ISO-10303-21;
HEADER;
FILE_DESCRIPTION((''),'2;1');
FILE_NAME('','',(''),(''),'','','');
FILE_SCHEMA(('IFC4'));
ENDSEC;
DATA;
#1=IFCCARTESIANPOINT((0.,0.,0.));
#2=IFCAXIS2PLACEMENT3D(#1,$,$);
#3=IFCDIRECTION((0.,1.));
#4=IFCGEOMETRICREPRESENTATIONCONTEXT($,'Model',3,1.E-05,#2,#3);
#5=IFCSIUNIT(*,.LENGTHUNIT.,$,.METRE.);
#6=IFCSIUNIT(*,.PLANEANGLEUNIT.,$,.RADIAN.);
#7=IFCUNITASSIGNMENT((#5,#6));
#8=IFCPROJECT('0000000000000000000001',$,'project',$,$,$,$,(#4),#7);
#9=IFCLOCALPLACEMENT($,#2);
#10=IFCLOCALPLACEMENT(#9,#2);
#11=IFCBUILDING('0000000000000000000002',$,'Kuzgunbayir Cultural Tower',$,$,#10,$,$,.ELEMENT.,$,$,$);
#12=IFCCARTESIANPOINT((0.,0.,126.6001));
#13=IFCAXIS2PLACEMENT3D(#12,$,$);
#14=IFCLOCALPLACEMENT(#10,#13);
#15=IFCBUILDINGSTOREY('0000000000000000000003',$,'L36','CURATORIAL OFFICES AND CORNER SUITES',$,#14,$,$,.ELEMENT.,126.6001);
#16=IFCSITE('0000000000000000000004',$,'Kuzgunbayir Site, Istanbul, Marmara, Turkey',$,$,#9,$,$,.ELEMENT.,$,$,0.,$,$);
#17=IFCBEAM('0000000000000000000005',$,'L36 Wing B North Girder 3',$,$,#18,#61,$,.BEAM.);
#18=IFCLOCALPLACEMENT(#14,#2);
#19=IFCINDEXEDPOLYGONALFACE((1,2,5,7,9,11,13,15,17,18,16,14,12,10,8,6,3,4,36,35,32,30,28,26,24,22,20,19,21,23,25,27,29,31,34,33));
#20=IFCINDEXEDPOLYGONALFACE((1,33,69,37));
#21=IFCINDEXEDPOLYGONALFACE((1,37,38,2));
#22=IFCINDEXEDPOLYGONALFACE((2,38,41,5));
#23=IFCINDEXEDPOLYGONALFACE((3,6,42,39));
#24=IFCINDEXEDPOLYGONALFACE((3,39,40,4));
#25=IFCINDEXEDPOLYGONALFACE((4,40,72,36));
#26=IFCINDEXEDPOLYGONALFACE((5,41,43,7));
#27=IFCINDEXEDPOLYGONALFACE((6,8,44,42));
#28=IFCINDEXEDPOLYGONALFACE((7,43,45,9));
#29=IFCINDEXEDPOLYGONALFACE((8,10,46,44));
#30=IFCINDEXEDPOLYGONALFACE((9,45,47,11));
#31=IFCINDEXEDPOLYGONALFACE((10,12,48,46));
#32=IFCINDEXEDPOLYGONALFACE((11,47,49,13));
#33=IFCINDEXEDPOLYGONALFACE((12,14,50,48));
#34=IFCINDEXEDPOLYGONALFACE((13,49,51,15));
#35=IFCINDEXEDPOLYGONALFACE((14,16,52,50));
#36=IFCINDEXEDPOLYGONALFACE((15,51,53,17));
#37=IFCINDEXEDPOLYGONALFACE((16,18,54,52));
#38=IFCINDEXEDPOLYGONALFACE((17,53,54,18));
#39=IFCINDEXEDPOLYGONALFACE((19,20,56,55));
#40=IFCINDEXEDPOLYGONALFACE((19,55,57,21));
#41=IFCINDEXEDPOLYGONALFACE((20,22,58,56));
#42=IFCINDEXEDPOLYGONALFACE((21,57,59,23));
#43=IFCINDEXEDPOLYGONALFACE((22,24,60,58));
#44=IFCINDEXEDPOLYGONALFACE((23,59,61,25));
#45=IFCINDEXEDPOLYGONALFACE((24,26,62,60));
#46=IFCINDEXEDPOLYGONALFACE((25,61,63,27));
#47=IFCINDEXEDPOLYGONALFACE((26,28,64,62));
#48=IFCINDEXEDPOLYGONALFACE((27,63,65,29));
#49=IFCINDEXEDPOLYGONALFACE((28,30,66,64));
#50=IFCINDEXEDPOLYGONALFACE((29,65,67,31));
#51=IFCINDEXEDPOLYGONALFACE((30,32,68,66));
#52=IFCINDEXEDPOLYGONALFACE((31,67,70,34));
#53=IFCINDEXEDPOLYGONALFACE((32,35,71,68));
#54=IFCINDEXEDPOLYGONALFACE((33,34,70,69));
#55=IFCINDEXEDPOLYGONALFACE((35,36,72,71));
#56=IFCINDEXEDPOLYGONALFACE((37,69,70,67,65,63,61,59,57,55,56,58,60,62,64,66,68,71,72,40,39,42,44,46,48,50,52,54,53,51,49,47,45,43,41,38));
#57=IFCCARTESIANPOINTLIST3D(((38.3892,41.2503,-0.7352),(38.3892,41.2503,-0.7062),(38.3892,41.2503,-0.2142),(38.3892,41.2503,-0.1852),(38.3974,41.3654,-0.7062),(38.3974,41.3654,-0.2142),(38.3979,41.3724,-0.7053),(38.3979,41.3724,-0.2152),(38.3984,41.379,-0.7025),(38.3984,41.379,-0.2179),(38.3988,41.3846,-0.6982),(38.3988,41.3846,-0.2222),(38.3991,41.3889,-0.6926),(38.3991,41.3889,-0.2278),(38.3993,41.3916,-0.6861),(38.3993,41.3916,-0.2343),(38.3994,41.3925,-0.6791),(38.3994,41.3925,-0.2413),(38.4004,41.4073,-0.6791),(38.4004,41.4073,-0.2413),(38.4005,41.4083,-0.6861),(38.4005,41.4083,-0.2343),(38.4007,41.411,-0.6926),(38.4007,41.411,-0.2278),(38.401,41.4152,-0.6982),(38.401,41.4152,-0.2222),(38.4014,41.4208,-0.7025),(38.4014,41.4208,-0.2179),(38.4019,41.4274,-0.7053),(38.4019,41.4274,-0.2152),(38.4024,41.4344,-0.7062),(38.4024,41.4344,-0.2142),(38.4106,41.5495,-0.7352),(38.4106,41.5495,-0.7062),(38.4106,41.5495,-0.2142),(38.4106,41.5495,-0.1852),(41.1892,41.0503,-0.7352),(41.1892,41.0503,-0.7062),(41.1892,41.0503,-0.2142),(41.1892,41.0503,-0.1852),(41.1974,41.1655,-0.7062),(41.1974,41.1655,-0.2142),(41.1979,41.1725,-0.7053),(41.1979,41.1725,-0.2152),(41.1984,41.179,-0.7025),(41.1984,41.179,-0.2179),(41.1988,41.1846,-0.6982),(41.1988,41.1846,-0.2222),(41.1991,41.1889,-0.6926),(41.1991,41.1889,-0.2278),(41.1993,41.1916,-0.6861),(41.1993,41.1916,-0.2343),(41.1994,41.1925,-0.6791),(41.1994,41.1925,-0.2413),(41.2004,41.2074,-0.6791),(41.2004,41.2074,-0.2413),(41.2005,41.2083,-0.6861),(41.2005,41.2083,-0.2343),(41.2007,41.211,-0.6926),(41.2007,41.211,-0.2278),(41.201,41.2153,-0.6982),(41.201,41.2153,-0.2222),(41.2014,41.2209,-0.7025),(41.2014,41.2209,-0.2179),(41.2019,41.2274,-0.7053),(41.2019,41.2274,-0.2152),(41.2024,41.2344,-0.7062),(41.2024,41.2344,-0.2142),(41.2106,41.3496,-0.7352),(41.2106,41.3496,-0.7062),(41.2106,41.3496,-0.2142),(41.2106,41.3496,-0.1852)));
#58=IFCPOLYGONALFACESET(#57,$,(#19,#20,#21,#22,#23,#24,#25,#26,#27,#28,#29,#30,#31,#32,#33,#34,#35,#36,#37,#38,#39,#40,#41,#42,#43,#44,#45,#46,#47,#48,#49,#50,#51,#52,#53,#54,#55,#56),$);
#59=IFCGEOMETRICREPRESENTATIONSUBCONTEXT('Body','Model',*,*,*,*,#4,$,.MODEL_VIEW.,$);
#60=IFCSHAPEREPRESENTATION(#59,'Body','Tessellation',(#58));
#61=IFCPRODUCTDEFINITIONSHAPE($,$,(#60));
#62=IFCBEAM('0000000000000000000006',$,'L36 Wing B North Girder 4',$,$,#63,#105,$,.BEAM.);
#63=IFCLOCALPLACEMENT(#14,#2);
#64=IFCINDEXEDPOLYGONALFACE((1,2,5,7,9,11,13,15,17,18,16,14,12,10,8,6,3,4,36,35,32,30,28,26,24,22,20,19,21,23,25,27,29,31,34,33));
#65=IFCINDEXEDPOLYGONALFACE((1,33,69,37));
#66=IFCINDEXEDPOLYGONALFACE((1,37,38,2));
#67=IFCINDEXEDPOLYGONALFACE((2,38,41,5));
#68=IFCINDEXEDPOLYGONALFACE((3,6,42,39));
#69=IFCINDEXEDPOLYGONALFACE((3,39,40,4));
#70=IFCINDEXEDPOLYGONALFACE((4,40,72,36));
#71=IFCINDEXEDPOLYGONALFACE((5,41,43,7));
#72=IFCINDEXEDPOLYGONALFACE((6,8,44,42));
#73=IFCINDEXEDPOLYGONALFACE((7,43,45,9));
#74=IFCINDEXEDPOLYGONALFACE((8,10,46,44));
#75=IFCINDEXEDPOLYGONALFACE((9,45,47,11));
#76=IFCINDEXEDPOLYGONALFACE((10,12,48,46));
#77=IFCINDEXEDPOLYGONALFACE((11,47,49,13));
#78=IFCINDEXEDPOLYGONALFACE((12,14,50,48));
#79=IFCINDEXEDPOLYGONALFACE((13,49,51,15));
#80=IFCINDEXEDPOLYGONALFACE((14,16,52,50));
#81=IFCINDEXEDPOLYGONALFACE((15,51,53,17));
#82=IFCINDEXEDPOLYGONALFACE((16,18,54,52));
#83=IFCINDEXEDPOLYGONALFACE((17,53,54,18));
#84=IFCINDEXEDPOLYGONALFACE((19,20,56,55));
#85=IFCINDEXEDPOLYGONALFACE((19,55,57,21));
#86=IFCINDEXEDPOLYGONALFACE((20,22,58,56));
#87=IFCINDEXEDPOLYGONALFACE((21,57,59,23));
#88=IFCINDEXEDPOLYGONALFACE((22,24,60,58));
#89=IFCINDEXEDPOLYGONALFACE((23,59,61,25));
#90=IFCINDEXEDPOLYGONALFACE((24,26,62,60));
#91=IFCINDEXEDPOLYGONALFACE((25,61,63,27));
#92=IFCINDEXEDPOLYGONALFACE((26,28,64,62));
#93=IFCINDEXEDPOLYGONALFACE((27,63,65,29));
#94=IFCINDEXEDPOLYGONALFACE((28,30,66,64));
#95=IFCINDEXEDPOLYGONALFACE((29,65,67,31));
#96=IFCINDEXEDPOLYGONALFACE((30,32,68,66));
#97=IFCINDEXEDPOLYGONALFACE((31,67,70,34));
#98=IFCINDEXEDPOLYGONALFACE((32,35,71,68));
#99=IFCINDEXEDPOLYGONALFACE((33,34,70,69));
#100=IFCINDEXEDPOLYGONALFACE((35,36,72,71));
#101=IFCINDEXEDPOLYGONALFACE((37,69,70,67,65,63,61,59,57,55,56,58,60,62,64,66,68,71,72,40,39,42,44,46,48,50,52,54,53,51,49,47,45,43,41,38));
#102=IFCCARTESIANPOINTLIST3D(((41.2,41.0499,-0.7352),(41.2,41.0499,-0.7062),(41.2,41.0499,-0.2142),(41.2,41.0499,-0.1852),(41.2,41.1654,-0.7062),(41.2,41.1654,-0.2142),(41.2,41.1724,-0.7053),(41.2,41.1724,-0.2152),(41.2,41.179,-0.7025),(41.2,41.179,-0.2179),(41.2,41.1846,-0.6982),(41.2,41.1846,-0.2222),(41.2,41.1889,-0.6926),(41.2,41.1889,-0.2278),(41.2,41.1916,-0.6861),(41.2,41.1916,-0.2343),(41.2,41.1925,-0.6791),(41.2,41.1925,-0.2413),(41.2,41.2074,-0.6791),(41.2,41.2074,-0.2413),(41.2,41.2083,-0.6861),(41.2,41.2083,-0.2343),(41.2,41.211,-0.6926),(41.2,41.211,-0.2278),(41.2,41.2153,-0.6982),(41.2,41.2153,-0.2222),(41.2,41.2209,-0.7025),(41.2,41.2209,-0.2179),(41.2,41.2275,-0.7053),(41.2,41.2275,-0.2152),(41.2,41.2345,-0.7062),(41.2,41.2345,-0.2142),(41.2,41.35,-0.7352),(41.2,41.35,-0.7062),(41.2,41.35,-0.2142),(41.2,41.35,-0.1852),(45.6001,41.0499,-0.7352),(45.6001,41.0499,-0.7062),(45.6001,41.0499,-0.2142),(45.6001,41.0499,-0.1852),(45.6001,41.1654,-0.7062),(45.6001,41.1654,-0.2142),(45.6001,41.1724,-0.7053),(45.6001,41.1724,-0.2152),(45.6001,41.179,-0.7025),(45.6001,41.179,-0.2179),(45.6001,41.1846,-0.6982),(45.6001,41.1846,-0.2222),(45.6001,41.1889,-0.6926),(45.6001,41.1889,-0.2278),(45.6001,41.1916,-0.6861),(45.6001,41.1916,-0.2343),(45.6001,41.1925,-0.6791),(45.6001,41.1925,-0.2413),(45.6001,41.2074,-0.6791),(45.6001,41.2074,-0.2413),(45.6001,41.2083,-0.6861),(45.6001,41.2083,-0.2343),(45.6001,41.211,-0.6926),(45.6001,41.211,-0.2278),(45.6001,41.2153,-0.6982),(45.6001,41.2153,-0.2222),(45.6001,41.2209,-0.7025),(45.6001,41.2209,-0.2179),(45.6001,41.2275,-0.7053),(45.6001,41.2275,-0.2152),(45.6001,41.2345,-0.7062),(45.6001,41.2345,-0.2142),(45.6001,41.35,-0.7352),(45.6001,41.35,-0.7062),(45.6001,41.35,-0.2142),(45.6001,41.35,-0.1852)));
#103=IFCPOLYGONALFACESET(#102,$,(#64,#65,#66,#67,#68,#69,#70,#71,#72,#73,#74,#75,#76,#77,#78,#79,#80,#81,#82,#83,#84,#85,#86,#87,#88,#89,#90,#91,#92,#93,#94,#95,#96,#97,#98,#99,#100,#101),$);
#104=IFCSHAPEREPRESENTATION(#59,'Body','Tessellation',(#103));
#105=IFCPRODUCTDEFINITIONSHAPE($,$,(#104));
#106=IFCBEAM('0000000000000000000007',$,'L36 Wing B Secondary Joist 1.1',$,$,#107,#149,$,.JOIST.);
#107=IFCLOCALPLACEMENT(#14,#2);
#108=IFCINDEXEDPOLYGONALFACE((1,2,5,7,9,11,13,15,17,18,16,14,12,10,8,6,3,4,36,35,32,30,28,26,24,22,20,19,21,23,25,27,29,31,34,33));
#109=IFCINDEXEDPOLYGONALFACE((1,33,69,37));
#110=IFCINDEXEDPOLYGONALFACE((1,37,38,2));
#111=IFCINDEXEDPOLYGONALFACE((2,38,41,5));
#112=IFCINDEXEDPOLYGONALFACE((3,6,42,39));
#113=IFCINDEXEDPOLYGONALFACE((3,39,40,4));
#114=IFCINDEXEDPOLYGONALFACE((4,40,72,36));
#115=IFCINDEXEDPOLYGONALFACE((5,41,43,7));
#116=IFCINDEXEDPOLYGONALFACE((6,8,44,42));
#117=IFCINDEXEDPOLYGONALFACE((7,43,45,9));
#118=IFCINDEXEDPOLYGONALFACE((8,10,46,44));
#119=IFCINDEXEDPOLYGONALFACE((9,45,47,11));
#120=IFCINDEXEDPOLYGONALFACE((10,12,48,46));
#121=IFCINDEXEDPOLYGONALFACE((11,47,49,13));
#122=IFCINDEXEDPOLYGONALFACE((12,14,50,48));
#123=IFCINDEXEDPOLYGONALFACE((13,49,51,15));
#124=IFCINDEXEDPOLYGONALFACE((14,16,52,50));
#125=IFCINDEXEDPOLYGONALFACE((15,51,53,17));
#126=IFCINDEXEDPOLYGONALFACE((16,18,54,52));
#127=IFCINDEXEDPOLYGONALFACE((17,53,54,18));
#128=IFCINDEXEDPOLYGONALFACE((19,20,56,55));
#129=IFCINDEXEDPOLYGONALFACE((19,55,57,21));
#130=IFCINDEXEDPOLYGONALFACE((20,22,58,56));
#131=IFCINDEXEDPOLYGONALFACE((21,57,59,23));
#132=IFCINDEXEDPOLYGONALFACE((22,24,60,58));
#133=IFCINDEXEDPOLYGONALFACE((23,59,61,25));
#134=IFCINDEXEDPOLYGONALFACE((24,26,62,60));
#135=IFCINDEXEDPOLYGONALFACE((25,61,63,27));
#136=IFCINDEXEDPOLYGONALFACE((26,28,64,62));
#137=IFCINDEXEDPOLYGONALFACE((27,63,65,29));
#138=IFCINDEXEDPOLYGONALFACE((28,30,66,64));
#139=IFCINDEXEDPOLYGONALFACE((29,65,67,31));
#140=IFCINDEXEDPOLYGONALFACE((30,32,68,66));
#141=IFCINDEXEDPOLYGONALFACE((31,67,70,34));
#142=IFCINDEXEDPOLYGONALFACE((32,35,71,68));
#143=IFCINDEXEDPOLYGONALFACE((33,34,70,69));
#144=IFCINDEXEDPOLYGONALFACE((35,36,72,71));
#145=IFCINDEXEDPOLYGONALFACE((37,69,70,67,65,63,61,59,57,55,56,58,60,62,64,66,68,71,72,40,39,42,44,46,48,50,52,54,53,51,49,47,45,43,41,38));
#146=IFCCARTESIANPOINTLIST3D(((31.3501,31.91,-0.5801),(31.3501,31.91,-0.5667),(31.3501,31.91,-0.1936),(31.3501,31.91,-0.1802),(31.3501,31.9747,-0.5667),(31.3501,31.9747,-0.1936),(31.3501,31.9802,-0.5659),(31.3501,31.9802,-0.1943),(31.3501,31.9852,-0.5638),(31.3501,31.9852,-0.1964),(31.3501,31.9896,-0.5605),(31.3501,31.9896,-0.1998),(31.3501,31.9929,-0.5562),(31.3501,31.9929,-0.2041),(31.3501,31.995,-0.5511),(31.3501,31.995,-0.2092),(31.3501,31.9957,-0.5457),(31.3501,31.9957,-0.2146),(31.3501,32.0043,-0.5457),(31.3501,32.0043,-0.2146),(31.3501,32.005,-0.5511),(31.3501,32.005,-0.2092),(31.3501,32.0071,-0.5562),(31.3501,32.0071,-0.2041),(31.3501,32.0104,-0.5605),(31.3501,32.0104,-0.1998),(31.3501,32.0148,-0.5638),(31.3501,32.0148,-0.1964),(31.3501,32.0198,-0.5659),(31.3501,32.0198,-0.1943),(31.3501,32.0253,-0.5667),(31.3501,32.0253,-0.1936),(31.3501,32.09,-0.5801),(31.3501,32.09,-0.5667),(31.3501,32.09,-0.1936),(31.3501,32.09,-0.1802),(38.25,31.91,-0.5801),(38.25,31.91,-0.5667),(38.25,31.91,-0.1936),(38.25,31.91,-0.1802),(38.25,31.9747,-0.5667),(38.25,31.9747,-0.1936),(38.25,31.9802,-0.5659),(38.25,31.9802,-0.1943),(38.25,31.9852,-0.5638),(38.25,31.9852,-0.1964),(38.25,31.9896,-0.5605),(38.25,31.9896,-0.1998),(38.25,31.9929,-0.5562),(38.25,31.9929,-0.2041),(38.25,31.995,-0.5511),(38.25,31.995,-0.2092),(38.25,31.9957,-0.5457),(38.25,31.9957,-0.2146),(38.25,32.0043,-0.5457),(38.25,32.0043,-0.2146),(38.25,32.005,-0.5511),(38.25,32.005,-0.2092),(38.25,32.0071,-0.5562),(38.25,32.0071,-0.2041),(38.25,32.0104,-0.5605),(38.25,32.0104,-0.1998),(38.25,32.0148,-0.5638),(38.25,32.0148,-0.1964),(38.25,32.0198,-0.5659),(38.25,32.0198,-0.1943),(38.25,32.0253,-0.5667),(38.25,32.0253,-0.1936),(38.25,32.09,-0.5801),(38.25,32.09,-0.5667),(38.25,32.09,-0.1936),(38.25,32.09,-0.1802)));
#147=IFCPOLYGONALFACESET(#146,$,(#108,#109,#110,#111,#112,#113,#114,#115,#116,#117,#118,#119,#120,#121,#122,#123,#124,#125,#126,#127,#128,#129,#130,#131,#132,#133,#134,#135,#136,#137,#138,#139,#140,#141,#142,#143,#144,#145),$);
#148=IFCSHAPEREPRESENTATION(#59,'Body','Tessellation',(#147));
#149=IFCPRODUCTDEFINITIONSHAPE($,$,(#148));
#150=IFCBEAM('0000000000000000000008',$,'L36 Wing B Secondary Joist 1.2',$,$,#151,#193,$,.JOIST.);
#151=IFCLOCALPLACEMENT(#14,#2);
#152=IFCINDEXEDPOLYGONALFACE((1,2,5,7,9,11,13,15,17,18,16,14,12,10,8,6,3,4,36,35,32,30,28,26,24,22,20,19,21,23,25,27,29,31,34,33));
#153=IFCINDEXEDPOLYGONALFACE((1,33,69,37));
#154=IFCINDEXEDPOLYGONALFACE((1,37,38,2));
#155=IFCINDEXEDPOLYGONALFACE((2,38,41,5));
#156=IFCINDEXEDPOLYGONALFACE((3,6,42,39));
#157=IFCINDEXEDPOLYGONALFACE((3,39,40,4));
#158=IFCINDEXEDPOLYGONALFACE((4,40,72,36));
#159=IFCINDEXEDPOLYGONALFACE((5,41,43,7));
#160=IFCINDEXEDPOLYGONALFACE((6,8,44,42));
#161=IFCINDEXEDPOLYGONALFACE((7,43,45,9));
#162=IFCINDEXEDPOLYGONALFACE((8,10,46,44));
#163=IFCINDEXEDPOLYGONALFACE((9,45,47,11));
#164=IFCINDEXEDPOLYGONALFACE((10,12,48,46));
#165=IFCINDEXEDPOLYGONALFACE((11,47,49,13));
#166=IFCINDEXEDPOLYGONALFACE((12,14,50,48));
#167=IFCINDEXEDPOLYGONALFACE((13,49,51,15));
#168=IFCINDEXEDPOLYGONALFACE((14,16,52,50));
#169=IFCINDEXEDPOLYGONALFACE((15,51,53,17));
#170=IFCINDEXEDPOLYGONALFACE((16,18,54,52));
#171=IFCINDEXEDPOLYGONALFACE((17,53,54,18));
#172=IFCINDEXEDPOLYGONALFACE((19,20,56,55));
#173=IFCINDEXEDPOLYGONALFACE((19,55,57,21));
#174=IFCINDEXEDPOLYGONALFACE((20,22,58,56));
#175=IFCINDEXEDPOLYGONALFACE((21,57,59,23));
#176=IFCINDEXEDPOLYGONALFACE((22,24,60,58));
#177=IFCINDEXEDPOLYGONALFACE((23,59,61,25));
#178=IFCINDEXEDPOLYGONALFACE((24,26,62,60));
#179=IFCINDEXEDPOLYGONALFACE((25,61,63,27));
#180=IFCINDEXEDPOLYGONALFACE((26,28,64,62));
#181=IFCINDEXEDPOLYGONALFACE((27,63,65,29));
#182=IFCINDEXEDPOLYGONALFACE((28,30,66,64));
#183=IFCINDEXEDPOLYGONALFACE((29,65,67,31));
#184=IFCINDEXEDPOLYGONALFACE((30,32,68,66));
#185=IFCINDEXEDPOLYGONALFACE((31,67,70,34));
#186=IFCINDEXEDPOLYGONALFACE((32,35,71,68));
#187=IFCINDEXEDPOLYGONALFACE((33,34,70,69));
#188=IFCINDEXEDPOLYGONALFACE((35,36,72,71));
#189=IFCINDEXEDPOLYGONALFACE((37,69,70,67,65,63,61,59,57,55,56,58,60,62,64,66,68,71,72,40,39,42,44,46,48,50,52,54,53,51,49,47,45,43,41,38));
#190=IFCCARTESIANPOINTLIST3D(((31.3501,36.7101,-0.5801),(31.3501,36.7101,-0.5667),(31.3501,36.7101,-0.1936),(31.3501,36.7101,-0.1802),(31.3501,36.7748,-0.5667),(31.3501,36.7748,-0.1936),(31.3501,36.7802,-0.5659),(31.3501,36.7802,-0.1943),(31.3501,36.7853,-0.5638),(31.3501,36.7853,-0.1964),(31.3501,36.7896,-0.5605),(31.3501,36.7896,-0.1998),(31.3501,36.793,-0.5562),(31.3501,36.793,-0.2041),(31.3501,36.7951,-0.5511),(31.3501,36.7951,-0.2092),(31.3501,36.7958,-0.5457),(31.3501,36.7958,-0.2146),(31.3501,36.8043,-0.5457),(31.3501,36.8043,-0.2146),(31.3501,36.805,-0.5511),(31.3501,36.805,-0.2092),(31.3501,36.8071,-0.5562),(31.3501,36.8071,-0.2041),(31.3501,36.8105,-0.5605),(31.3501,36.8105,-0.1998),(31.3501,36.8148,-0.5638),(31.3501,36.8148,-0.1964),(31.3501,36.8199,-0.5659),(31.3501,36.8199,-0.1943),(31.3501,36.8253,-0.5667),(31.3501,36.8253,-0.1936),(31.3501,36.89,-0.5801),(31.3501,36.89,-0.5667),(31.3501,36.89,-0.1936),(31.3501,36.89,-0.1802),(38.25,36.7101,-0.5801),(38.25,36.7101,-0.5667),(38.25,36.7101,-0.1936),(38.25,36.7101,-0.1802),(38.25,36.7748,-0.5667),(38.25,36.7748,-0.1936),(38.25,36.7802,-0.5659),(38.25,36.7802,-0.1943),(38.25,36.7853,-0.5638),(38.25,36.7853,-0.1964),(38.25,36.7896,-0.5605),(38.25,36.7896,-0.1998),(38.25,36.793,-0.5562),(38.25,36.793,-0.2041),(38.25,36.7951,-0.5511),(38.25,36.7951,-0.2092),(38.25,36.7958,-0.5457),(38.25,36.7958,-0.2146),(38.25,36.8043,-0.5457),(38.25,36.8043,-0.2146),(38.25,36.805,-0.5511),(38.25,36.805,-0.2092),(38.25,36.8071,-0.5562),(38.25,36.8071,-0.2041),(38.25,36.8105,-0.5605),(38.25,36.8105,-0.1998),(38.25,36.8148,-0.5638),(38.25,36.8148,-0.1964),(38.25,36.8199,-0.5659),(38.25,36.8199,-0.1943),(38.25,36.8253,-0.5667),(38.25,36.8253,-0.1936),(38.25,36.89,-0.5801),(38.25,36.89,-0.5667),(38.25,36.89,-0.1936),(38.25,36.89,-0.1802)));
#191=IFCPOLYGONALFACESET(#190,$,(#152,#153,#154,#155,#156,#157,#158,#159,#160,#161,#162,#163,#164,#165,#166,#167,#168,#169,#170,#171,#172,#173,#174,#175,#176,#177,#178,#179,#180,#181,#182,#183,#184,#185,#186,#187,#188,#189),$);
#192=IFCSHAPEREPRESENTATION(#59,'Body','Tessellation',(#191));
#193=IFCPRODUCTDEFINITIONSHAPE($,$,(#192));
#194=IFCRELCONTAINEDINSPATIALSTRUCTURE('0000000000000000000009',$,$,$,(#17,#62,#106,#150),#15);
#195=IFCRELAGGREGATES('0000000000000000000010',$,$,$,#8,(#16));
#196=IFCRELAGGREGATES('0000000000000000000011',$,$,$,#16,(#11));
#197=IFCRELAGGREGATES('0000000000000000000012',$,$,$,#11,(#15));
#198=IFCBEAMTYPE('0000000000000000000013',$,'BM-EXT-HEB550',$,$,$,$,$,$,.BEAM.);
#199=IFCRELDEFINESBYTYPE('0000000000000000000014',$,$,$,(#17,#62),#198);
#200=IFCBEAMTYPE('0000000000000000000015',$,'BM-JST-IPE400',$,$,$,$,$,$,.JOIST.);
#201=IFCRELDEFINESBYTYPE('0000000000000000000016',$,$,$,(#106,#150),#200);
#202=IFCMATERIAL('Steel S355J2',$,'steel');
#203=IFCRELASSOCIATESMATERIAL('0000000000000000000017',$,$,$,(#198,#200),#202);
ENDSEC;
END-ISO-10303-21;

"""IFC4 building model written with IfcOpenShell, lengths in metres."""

from ifc_helpers import new_model, si_unit, direction, frame, origin, origin_2d, place, context, subcontext, project, spatial, i_section, extrude, material, material_profile, profile_set, type_object, element, save


model = new_model("IFC4")

# Units and contexts
model_context = context("Model", 3, precision=1e-05, world=origin(), true_north=direction((0.0, 1.0)))
body_context = subcontext(model_context, "Body", "Model", "MODEL_VIEW")
ifc_project = project(units=[si_unit("LENGTHUNIT", "METRE"), si_unit("PLANEANGLEUNIT", "RADIAN")], contexts=[model_context])

# Site, building, storey
site_placement = place(None, origin())
site = spatial("IfcSite", under=ifc_project, at=site_placement, Name="Kuzgunbayir Site, Istanbul, Marmara, Turkey", CompositionType="ELEMENT", RefElevation=0.0)
building_placement = place(site_placement, origin())
building = spatial("IfcBuilding", under=site, at=building_placement, Name="Kuzgunbayir Cultural Tower", CompositionType="ELEMENT")
storey_placement = place(building_placement, frame((0.0, 0.0, 126.6001)))
storey = spatial("IfcBuildingStorey", under=building, at=storey_placement, Name="L36", Description="CURATORIAL OFFICES AND CORNER SUITES", CompositionType="ELEMENT", Elevation=126.6001)

# Beams
ifc_material_1 = material(Name="Steel S355J2", Category="steel")
ifc_material_profile_1 = material_profile(ifc_material_1, i_section(OverallWidth=0.3, OverallDepth=0.55, WebThickness=0.0149, FlangeThickness=0.0291, FilletRadius=0.0271, at=origin_2d()), Name="HEB 550")
ifc_profile_set_1 = profile_set([ifc_material_profile_1], Name="Steel S355J2")
beam_type_1 = type_object("IfcBeamType", Name="BM-EXT-HEB550", PredefinedType="BEAM", material=ifc_profile_set_1)
beam_1_placement = place(storey_placement, frame((38.3999, 41.3999, -0.4602), z_axis=(0.99746, -0.071229, 0.0), x_axis=(0.071229, 0.99746, 0.0)))
element("IfcBeam", 1, at=beam_1_placement, inside=storey, type_object=beam_type_1, Name="L36 Wing B North Girder 3", PredefinedType="BEAM", context=body_context, shape_type="SweptSolid", body=[
    extrude(i_section(OverallWidth=0.3, OverallDepth=0.55, WebThickness=0.0149, FlangeThickness=0.0291, FilletRadius=0.0271, at=origin_2d()), origin(), (0.0, 0.0, 1.0), 2.8071),
])
beam_2_placement = place(storey_placement, frame((41.2, 41.2, -0.4602), z_axis=(1.0, 0.0, 0.0), x_axis=(0.0, 1.0, 0.0)))
element("IfcBeam", 2, at=beam_2_placement, inside=storey, type_object=beam_type_1, Name="L36 Wing B North Girder 4", PredefinedType="BEAM", context=body_context, shape_type="SweptSolid", body=[
    extrude(i_section(OverallWidth=0.3, OverallDepth=0.55, WebThickness=0.0149, FlangeThickness=0.0291, FilletRadius=0.0271, at=origin_2d()), origin(), (0.0, 0.0, 1.0), 4.4001),
])
ifc_material_profile_2 = material_profile(ifc_material_1, i_section(OverallWidth=0.1799, OverallDepth=0.3999, WebThickness=0.0085, FlangeThickness=0.0134, FilletRadius=0.021, at=origin_2d()), Name="IPE 400")
ifc_profile_set_2 = profile_set([ifc_material_profile_2], Name="Steel S355J2")
beam_type_2 = type_object("IfcBeamType", Name="BM-JST-IPE400", PredefinedType="JOIST", material=ifc_profile_set_2)
for number, where, z_axis, x_axis, name in (
    (3, (31.3501, 32.0, -0.3801), (1.0, 0.0, 0.0), (0.0, 1.0, 0.0), "L36 Wing B Secondary Joist 1.1"),
    (4, (31.3501, 36.8, -0.3801), (1.0, 0.0, 0.0), (0.0, 1.0, 0.0), "L36 Wing B Secondary Joist 1.2"),
):
    element("IfcBeam", number, at=place(storey_placement, frame(where, z_axis=z_axis, x_axis=x_axis)), inside=storey, type_object=beam_type_2, Name=name, PredefinedType="JOIST", context=body_context, shape_type="SweptSolid", body=[
        extrude(i_section(OverallWidth=0.1799, OverallDepth=0.3999, WebThickness=0.0085, FlangeThickness=0.0134, FilletRadius=0.021, at=origin_2d()), origin(), (0.0, 0.0, 1.0), 6.8999),
    ])

save(model, "model.ifc")
